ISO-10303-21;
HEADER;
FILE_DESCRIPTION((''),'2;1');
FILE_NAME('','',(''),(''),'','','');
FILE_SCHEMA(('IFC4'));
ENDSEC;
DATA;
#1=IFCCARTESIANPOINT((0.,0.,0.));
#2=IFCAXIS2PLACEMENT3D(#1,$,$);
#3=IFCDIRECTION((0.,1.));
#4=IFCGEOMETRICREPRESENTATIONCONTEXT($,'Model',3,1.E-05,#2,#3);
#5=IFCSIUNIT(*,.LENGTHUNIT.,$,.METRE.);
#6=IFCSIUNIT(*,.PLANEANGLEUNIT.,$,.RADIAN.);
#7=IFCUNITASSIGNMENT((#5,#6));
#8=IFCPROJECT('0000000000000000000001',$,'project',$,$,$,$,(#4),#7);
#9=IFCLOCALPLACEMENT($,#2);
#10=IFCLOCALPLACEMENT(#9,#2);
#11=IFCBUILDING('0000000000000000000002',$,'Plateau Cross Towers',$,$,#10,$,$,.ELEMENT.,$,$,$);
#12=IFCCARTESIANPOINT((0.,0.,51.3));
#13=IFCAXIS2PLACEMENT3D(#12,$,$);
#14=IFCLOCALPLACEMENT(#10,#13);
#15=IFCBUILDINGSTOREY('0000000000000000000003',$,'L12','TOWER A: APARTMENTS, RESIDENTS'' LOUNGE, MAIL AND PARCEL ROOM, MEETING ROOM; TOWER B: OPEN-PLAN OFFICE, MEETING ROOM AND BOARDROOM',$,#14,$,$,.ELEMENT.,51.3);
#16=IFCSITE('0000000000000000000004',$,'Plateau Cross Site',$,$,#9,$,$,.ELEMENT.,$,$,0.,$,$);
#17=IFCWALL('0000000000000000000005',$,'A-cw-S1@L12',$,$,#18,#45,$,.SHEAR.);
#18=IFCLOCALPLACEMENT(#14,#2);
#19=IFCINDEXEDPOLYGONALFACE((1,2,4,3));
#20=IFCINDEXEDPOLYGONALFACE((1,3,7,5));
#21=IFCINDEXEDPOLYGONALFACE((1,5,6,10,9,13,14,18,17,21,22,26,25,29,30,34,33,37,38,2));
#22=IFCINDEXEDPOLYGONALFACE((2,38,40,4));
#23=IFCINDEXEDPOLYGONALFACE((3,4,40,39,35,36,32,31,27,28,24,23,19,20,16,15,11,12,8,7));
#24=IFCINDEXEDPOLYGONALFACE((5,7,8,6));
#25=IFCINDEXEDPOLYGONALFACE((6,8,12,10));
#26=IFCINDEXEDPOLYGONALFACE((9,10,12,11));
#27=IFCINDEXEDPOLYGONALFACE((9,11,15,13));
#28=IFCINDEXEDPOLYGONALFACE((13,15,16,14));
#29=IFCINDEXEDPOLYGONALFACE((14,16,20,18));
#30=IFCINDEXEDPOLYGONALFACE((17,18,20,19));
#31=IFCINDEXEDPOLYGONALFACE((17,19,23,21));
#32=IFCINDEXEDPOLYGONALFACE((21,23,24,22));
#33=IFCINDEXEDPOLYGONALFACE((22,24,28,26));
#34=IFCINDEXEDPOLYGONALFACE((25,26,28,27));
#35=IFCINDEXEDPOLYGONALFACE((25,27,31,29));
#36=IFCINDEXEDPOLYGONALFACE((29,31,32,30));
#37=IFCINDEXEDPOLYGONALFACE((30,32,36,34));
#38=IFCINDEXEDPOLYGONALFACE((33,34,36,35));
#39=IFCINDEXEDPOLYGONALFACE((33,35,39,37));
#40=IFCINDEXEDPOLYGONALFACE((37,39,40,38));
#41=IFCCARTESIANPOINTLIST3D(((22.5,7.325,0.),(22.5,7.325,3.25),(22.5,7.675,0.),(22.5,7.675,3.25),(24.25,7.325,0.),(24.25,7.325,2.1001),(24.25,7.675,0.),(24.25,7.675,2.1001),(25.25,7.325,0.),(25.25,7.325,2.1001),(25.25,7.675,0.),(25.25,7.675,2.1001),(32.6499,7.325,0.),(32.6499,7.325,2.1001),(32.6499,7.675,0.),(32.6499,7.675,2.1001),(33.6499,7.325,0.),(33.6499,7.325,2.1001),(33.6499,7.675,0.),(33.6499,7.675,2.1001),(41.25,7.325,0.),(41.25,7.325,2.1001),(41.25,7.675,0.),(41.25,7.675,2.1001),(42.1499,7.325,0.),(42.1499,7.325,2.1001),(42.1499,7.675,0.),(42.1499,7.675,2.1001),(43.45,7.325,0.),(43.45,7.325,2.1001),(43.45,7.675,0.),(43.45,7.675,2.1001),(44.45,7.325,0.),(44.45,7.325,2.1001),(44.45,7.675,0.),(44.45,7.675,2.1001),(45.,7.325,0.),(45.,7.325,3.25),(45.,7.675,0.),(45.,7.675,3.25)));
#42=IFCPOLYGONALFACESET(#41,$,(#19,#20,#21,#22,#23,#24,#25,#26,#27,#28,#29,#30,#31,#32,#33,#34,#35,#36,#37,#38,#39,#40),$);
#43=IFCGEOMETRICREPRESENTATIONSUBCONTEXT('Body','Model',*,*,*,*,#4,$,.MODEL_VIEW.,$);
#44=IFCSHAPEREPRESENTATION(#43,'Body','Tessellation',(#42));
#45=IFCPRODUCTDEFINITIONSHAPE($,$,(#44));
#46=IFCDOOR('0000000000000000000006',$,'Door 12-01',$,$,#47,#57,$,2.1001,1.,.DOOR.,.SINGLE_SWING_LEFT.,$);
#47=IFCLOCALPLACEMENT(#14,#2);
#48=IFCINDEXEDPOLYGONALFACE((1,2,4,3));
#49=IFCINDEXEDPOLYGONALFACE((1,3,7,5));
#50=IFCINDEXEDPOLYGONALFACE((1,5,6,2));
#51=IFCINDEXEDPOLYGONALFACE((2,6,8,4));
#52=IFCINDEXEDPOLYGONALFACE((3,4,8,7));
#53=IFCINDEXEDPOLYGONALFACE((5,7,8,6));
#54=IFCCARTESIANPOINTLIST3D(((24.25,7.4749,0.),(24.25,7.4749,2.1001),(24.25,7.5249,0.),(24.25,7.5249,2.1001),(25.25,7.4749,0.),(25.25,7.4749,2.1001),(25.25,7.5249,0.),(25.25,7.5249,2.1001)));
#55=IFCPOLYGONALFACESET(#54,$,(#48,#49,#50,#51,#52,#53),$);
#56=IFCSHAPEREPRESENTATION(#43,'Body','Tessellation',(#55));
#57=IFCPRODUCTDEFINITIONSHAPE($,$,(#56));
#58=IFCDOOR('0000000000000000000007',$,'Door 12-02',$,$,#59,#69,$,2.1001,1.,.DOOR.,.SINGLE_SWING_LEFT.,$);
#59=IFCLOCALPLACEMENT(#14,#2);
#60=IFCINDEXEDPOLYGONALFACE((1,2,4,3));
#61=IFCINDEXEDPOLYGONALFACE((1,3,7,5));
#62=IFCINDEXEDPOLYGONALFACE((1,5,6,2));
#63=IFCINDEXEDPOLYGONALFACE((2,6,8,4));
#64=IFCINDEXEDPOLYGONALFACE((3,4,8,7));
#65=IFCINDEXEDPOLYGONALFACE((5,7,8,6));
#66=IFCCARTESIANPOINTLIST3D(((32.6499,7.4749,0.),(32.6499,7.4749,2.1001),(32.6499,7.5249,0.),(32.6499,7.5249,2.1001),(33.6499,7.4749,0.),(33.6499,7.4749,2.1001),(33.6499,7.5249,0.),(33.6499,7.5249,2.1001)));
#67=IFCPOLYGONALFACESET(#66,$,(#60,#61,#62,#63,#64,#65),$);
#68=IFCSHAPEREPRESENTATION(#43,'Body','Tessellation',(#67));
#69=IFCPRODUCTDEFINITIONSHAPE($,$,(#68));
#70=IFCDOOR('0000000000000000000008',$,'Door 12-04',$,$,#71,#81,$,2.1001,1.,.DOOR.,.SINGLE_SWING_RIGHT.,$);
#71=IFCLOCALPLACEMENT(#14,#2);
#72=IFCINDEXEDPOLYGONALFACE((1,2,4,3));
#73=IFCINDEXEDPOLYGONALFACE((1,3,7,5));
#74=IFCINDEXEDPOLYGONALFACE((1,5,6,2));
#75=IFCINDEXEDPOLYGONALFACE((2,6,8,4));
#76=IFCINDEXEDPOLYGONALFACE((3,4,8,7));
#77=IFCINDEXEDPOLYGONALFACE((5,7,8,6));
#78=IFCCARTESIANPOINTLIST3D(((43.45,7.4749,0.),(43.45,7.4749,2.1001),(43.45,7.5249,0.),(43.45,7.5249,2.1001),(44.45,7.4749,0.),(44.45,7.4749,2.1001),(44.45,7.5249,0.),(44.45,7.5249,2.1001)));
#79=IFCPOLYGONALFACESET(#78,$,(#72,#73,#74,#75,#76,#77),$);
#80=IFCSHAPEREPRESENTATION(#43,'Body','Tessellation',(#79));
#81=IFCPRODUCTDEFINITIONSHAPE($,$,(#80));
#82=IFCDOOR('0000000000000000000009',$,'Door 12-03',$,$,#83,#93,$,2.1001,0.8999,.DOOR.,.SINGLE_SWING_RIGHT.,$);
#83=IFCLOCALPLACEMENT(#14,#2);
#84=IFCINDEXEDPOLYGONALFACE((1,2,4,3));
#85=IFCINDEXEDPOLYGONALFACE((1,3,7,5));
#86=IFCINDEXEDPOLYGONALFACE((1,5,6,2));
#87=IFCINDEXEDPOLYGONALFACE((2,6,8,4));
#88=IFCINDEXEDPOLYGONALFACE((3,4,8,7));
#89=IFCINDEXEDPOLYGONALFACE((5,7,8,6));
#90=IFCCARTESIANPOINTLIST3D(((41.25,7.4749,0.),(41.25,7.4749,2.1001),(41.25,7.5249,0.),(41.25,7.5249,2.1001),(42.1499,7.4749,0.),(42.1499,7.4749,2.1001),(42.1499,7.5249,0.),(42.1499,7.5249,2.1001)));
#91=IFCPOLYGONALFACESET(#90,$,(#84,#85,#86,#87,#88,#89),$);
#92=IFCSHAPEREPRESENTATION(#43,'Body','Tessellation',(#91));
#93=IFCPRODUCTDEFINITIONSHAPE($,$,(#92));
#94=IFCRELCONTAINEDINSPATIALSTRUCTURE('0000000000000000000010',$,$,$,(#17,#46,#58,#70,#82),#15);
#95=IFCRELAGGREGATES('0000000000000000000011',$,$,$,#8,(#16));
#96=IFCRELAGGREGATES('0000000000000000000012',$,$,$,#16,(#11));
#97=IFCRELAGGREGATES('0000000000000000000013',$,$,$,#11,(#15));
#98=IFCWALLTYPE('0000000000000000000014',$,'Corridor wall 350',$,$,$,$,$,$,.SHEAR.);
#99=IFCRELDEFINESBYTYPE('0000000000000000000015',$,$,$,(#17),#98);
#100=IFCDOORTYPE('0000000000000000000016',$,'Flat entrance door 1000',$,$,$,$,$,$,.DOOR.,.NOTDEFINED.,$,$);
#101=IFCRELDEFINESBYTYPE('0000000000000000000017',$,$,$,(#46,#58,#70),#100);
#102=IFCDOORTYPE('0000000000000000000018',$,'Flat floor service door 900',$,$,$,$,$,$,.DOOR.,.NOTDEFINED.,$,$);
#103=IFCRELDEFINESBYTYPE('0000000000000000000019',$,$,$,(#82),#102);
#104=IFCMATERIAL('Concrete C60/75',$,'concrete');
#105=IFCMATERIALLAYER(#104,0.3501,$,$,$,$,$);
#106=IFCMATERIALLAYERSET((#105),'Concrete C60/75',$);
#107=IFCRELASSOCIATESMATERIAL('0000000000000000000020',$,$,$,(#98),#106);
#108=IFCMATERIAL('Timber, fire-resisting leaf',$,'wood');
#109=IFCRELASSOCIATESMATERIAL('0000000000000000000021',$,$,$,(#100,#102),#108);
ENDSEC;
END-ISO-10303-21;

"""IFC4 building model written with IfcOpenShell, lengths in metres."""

from ifc_helpers import new_model, si_unit, direction, frame, frame_2d, origin, place, context, subcontext, project, spatial, rectangle, extrude, material, layer, layer_set, type_object, element, fill, save


model = new_model("IFC4")

# Units and contexts
model_context = context("Model", 3, precision=1e-05, world=origin(), true_north=direction((0.0, 1.0)))
body_context = subcontext(model_context, "Body", "Model", "MODEL_VIEW")
ifc_project = project(units=[si_unit("LENGTHUNIT", "METRE"), si_unit("PLANEANGLEUNIT", "RADIAN")], contexts=[model_context])

# Site, building, storey
site_placement = place(None, origin())
site = spatial("IfcSite", under=ifc_project, at=site_placement, Name="Plateau Cross Site", CompositionType="ELEMENT", RefElevation=0.0)
building_placement = place(site_placement, origin())
building = spatial("IfcBuilding", under=site, at=building_placement, Name="Plateau Cross Towers", CompositionType="ELEMENT")
storey_placement = place(building_placement, frame((0.0, 0.0, 51.3)))
storey = spatial("IfcBuildingStorey", under=building, at=storey_placement, Name="L12", Description="TOWER A: APARTMENTS, RESIDENTS' LOUNGE, MAIL AND PARCEL ROOM, MEETING ROOM; TOWER B: OPEN-PLAN OFFICE, MEETING ROOM AND BOARDROOM", CompositionType="ELEMENT", Elevation=51.3)

# Shared definitions
ifc_material_1 = material(Name="Concrete C60/75", Category="concrete")

# Wall, openings, doors
ifc_layer_1 = layer(ifc_material_1, 0.3501)
ifc_layer_set_1 = layer_set([ifc_layer_1], Name="Concrete C60/75")
wall_type_1 = type_object("IfcWallType", Name="Corridor wall 350", PredefinedType="SHEAR", material=ifc_layer_set_1)
wall_1_placement = place(storey_placement, frame((22.5, 7.5, 0.0), z_axis=(0.0, 0.0, 1.0), x_axis=(1.0, 0.0, 0.0)))
wall_1 = element("IfcWall", 1, at=wall_1_placement, inside=storey, type_object=wall_type_1, Name="A-cw-S1@L12", PredefinedType="SHEAR", context=body_context, shape_type="SweptSolid", body=[
    extrude(rectangle(XDim=22.5, YDim=0.3501, at=frame_2d((11.25, 0.0))), origin(), (0.0, 0.0, 1.0), 3.25),
])
opening_1_placement = place(wall_1_placement, frame((1.75, 0.0, 0.0)))
opening_1 = element("IfcOpeningElement", 2, at=opening_1_placement, cuts=wall_1, PredefinedType="OPENING", context=body_context, shape_type="SweptSolid", body=[
    extrude(rectangle(XDim=1.0, YDim=2.1001, at=frame_2d((0.5, 1.05))), frame((0.0, 0.1851, 0.0), z_axis=(0.0, -1.0, 0.0), x_axis=(1.0, 0.0, 0.0)), (0.0, 0.0, 1.0), 0.3701),
])
opening_2_placement = place(wall_1_placement, frame((10.1499, 0.0, 0.0)))
opening_2 = element("IfcOpeningElement", 3, at=opening_2_placement, cuts=wall_1, PredefinedType="OPENING", context=body_context, shape_type="SweptSolid", body=[
    extrude(rectangle(XDim=1.0, YDim=2.1001, at=frame_2d((0.5, 1.05))), frame((0.0, 0.1851, 0.0), z_axis=(0.0, -1.0, 0.0), x_axis=(1.0, 0.0, 0.0)), (0.0, 0.0, 1.0), 0.3701),
])
opening_3_placement = place(wall_1_placement, frame((18.75, 0.0, 0.0)))
opening_3 = element("IfcOpeningElement", 4, at=opening_3_placement, cuts=wall_1, PredefinedType="OPENING", context=body_context, shape_type="SweptSolid", body=[
    extrude(rectangle(XDim=0.8999, YDim=2.1001, at=frame_2d((0.45, 1.05))), frame((0.0, 0.1851, 0.0), z_axis=(0.0, -1.0, 0.0), x_axis=(1.0, 0.0, 0.0)), (0.0, 0.0, 1.0), 0.3701),
])
opening_4_placement = place(wall_1_placement, frame((20.95, 0.0, 0.0)))
opening_4 = element("IfcOpeningElement", 5, at=opening_4_placement, cuts=wall_1, PredefinedType="OPENING", context=body_context, shape_type="SweptSolid", body=[
    extrude(rectangle(XDim=1.0, YDim=2.1001, at=frame_2d((0.5, 1.05))), frame((0.0, 0.1851, 0.0), z_axis=(0.0, -1.0, 0.0), x_axis=(1.0, 0.0, 0.0)), (0.0, 0.0, 1.0), 0.3701),
])
ifc_material_2 = material(Name="Timber, fire-resisting leaf", Category="wood")
door_type_1 = type_object("IfcDoorType", Name="Flat entrance door 1000", OperationType="NOTDEFINED", PredefinedType="DOOR", material=ifc_material_2)
door_1_placement = place(opening_1_placement, origin())
door_1 = element("IfcDoor", 6, at=door_1_placement, inside=storey, type_object=door_type_1, Name="Door 12-01", OperationType="SINGLE_SWING_LEFT", OverallHeight=2.1001, OverallWidth=1.0, PredefinedType="DOOR", context=body_context, shape_type="SweptSolid", body=[
    extrude(rectangle(XDim=1.0, YDim=2.1001, at=frame_2d((0.5, 1.05))), frame((0.0, 0.0249, 0.0), z_axis=(0.0, -1.0, 0.0), x_axis=(1.0, 0.0, 0.0)), (0.0, 0.0, 1.0), 0.05),
])
fill(opening_1, door_1)
door_2_placement = place(opening_2_placement, origin())
door_2 = element("IfcDoor", 7, at=door_2_placement, inside=storey, type_object=door_type_1, Name="Door 12-02", OperationType="SINGLE_SWING_LEFT", OverallHeight=2.1001, OverallWidth=1.0, PredefinedType="DOOR", context=body_context, shape_type="SweptSolid", body=[
    extrude(rectangle(XDim=1.0, YDim=2.1001, at=frame_2d((0.5, 1.05))), frame((0.0, 0.0249, 0.0), z_axis=(0.0, -1.0, 0.0), x_axis=(1.0, 0.0, 0.0)), (0.0, 0.0, 1.0), 0.05),
])
fill(opening_2, door_2)
door_3_placement = place(opening_4_placement, origin())
door_3 = element("IfcDoor", 8, at=door_3_placement, inside=storey, type_object=door_type_1, Name="Door 12-04", OperationType="SINGLE_SWING_RIGHT", OverallHeight=2.1001, OverallWidth=1.0, PredefinedType="DOOR", context=body_context, shape_type="SweptSolid", body=[
    extrude(rectangle(XDim=1.0, YDim=2.1001, at=frame_2d((0.5, 1.05))), frame((0.0, 0.0249, 0.0), z_axis=(0.0, -1.0, 0.0), x_axis=(1.0, 0.0, 0.0)), (0.0, 0.0, 1.0), 0.05),
])
fill(opening_4, door_3)
door_type_2 = type_object("IfcDoorType", Name="Flat floor service door 900", OperationType="NOTDEFINED", PredefinedType="DOOR", material=ifc_material_2)
door_4_placement = place(opening_3_placement, origin())
door_4 = element("IfcDoor", 9, at=door_4_placement, inside=storey, type_object=door_type_2, Name="Door 12-03", OperationType="SINGLE_SWING_RIGHT", OverallHeight=2.1001, OverallWidth=0.8999, PredefinedType="DOOR", context=body_context, shape_type="SweptSolid", body=[
    extrude(rectangle(XDim=0.8999, YDim=2.1001, at=frame_2d((0.45, 1.05))), frame((0.0, 0.0249, 0.0), z_axis=(0.0, -1.0, 0.0), x_axis=(1.0, 0.0, 0.0)), (0.0, 0.0, 1.0), 0.05),
])
fill(opening_3, door_4)

save(model, "model.ifc")
